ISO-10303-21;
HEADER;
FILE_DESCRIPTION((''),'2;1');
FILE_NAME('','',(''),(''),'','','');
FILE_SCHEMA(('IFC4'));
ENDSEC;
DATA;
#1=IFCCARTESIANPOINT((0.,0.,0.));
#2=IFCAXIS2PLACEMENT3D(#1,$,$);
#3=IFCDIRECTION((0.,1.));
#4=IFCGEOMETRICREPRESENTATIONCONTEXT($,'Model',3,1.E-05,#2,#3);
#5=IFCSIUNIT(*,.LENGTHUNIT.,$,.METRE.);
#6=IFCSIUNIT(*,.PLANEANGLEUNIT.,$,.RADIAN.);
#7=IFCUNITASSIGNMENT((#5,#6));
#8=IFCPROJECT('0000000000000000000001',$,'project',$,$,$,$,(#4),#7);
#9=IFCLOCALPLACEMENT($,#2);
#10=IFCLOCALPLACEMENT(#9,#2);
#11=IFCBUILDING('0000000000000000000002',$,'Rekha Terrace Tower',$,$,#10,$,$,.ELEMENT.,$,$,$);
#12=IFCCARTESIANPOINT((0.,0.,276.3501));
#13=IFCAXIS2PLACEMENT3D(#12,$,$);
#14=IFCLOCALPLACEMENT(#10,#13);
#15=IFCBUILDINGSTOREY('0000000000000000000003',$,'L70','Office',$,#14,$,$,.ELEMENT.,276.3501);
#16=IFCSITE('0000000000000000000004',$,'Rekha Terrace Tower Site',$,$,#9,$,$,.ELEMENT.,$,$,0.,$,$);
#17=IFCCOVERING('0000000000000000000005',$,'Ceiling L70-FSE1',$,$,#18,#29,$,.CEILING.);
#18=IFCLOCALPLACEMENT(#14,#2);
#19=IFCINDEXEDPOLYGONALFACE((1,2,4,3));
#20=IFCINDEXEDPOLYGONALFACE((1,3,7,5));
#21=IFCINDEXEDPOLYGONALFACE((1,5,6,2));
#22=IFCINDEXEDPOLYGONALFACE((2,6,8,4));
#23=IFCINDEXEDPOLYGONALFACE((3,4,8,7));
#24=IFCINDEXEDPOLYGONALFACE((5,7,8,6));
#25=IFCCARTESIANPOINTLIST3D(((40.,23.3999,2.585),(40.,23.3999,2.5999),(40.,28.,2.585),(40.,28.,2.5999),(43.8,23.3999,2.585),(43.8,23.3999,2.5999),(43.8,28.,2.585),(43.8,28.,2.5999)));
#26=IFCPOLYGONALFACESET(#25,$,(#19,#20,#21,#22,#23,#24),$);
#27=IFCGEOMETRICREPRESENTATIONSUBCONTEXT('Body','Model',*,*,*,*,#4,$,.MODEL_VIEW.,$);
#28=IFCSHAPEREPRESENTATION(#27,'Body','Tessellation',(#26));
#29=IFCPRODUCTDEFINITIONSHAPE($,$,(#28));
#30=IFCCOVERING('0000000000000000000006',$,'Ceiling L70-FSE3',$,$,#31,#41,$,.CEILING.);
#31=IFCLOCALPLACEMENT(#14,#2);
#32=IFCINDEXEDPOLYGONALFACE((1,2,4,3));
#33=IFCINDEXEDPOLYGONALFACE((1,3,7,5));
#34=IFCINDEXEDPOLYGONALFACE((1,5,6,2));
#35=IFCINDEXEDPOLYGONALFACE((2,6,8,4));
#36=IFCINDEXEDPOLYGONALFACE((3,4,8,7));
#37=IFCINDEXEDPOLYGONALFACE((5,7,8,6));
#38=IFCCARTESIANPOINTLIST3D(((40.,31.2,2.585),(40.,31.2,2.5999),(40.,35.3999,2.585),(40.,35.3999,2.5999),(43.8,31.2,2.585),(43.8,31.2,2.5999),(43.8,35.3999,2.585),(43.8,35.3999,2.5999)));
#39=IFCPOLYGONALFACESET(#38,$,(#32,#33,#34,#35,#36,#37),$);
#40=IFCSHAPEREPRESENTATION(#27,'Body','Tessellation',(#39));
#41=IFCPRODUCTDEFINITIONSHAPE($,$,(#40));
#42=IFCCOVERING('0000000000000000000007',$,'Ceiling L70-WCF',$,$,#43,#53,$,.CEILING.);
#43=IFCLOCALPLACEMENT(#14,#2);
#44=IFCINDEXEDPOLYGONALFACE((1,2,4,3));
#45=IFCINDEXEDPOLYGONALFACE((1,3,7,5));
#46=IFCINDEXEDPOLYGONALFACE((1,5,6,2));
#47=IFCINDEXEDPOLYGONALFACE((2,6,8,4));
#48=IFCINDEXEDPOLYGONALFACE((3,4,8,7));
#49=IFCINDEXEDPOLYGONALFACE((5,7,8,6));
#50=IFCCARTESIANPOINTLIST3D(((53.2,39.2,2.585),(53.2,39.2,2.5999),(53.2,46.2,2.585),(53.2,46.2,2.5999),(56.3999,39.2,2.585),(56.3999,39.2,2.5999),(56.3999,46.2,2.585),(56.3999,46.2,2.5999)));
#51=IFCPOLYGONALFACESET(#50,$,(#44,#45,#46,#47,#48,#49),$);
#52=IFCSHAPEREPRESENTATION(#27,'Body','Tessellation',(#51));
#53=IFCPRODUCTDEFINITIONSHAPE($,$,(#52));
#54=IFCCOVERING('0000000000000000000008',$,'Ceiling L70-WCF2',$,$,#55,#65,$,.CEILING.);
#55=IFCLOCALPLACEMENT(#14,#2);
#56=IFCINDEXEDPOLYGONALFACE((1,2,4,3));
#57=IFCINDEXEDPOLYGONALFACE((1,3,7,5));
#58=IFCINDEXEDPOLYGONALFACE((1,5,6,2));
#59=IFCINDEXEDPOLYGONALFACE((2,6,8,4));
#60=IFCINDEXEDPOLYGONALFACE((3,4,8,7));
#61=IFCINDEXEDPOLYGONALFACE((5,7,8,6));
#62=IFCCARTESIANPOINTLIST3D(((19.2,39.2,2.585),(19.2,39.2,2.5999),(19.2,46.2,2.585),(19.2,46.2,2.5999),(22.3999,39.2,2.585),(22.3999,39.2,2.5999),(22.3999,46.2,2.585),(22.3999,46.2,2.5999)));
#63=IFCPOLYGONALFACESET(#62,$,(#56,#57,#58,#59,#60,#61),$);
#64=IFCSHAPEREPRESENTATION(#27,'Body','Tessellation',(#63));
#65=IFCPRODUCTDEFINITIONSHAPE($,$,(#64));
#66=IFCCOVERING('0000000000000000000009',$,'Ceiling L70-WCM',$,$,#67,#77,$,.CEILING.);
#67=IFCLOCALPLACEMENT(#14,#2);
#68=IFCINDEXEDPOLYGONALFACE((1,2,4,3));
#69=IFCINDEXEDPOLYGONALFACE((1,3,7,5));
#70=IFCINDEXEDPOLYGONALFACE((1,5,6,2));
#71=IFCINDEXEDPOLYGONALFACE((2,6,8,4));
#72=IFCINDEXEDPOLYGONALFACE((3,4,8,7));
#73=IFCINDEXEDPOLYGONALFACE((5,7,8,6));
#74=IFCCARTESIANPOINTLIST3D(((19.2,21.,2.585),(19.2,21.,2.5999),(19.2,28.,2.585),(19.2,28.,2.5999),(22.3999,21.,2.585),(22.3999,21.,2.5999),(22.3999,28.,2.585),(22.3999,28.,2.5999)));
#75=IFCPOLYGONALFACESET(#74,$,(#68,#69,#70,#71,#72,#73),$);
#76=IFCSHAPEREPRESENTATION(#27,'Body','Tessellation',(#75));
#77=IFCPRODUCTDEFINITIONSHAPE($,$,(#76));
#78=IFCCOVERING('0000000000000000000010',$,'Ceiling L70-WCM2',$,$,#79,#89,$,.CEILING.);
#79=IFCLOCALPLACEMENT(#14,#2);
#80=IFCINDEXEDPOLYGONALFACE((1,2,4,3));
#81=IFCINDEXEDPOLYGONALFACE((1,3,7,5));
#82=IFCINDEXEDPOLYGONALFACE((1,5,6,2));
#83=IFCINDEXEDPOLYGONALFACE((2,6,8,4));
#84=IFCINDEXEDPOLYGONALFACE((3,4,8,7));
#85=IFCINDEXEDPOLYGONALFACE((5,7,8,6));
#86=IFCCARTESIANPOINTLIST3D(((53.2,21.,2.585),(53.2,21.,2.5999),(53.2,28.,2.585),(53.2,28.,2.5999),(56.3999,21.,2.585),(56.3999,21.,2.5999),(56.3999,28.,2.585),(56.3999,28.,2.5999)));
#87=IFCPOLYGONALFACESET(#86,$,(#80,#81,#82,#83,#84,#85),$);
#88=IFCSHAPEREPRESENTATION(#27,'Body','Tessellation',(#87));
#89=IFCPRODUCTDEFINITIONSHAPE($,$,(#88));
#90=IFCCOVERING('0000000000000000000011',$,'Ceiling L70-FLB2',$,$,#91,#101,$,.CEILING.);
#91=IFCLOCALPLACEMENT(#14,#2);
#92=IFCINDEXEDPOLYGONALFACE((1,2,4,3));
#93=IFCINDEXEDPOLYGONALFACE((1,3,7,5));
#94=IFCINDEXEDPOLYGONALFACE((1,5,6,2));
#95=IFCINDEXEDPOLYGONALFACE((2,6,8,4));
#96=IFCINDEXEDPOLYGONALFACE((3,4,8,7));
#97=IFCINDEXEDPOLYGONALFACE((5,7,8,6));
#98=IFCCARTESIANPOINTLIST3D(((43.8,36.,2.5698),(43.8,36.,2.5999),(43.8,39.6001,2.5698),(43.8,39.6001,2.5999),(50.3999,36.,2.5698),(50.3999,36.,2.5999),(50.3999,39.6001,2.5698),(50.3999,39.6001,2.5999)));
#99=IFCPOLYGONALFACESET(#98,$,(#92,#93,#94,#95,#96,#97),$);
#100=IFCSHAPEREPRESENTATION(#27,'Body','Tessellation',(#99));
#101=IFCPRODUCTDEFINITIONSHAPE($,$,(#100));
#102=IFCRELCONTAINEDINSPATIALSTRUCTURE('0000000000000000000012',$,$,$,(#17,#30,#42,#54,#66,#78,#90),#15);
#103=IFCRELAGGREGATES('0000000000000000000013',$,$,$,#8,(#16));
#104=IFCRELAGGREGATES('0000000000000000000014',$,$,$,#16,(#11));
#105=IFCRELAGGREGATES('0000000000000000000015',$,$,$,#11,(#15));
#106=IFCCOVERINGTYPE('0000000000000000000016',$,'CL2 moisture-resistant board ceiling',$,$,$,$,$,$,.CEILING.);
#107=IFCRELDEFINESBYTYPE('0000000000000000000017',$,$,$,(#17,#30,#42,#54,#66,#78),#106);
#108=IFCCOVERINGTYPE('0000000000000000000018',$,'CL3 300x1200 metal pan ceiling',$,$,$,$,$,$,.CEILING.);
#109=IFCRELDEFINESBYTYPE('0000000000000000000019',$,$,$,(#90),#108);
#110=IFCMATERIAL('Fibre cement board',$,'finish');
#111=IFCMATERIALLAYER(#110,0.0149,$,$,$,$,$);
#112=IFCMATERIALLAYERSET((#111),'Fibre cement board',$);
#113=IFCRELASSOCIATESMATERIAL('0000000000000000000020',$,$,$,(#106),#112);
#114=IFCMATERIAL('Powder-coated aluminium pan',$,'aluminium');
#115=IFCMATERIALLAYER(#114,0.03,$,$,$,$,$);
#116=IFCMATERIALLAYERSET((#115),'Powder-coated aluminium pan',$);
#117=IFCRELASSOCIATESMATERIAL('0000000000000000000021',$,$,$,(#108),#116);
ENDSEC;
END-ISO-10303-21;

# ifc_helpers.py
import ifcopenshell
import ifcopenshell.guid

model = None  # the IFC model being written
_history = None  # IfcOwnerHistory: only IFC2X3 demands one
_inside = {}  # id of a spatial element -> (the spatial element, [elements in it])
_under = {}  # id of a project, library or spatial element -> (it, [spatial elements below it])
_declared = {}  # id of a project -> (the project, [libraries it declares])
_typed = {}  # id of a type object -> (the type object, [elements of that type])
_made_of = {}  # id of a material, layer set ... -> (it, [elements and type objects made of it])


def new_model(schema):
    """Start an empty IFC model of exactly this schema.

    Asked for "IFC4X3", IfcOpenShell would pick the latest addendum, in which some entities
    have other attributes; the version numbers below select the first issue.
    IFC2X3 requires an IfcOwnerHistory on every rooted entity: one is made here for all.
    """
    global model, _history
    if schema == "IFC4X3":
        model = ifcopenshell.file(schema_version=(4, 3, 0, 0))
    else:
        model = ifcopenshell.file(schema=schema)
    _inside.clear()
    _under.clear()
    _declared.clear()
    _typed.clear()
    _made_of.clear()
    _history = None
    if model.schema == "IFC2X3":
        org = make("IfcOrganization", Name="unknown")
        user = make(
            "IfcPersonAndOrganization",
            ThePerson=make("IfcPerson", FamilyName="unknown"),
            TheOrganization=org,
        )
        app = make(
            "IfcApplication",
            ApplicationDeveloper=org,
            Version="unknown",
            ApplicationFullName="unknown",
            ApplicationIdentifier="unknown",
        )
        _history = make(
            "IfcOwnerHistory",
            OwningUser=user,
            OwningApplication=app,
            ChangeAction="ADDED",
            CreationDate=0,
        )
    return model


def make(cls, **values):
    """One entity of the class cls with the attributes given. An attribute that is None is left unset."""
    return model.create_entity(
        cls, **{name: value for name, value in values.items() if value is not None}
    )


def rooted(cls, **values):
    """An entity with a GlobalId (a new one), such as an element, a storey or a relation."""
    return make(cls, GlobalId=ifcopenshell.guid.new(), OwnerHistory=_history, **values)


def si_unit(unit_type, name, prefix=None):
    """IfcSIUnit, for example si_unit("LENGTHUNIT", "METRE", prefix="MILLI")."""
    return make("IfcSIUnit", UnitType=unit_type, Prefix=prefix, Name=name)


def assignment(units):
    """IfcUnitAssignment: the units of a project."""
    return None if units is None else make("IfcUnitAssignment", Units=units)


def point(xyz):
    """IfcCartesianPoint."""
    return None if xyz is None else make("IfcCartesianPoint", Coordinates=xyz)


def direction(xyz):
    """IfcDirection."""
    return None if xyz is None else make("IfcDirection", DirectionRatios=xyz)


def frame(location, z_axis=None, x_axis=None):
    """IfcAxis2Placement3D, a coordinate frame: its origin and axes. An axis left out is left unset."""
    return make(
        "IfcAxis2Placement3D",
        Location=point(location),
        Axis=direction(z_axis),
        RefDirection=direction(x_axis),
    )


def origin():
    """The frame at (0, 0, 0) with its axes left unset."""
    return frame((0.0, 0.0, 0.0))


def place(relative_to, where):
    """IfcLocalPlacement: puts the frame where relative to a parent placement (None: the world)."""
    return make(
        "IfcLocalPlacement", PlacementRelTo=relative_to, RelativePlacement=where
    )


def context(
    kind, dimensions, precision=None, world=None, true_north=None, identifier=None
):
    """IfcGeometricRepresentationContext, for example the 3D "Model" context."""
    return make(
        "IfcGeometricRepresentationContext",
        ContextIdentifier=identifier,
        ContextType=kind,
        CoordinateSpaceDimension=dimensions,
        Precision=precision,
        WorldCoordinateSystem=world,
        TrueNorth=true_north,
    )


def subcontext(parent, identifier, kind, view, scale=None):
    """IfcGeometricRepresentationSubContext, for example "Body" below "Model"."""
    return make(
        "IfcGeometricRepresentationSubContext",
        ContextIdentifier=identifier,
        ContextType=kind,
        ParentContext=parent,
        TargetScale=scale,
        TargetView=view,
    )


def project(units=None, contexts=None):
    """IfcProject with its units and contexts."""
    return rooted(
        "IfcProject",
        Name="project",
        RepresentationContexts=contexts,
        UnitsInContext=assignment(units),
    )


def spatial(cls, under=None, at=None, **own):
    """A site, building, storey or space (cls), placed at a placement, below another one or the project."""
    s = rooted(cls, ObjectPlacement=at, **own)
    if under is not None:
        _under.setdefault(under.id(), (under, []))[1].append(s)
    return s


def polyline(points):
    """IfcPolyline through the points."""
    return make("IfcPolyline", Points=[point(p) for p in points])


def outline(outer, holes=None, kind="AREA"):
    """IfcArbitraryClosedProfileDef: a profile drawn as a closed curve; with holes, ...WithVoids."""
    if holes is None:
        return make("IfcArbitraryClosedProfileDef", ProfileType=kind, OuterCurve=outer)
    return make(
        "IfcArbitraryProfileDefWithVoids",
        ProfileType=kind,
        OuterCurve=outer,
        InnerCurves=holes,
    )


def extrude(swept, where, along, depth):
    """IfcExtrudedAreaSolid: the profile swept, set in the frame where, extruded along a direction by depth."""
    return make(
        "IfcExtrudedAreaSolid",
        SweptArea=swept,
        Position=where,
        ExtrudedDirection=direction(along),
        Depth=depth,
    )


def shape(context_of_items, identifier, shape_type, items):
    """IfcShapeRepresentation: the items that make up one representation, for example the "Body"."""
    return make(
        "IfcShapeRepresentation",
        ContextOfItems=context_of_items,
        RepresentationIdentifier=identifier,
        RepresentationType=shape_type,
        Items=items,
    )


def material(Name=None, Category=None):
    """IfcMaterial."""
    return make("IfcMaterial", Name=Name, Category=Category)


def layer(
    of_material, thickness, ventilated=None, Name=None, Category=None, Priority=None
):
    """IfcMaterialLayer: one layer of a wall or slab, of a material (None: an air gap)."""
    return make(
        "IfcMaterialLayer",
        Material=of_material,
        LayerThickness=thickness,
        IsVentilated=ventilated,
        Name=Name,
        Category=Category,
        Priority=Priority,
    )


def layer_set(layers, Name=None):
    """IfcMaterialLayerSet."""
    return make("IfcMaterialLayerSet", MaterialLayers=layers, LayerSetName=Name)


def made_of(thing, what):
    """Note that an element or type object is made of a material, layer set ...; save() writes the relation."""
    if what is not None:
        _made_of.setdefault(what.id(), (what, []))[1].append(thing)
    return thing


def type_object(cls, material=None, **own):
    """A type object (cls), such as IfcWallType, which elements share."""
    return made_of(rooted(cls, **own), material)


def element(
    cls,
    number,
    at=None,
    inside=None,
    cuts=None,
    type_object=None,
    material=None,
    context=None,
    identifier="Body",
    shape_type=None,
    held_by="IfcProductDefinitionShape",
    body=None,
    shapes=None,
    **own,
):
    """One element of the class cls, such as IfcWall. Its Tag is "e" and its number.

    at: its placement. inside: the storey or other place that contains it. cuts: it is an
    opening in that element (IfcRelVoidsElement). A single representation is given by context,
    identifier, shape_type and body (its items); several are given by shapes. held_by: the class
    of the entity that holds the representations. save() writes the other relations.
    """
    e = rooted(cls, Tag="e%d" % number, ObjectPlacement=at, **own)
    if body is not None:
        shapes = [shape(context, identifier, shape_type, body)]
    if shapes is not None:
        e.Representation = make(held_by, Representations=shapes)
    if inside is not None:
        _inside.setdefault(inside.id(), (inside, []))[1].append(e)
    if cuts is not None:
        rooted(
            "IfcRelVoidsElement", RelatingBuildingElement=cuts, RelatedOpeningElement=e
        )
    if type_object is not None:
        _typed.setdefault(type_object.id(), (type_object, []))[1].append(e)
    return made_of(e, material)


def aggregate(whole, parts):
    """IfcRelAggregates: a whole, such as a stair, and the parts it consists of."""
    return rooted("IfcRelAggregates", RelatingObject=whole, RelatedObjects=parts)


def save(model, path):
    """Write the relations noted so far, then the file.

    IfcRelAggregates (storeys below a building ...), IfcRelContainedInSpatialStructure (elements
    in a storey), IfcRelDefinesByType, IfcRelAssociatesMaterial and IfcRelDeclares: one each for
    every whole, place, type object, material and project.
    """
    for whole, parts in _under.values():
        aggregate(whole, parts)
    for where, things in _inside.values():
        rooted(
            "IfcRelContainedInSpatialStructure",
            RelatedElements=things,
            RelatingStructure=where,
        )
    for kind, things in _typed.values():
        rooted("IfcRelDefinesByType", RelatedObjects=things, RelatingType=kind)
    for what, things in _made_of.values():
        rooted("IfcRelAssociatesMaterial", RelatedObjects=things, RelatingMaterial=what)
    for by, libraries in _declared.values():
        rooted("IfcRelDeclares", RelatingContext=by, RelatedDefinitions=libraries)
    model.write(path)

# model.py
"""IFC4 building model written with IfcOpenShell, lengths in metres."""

from ifc_helpers import new_model, si_unit, direction, frame, origin, place, context, subcontext, project, spatial, polyline, outline, extrude, material, layer, layer_set, type_object, element, save


model = new_model("IFC4")

# Units and contexts
model_context = context("Model", 3, precision=1e-05, world=origin(), true_north=direction((0.0, 1.0)))
body_context = subcontext(model_context, "Body", "Model", "MODEL_VIEW")
ifc_project = project(units=[si_unit("LENGTHUNIT", "METRE"), si_unit("PLANEANGLEUNIT", "RADIAN")], contexts=[model_context])

# Site, building, storey
site_placement = place(None, origin())
site = spatial("IfcSite", under=ifc_project, at=site_placement, Name="Rekha Terrace Tower Site", CompositionType="ELEMENT", RefElevation=0.0)
building_placement = place(site_placement, origin())
building = spatial("IfcBuilding", under=site, at=building_placement, Name="Rekha Terrace Tower", CompositionType="ELEMENT")
storey_placement = place(building_placement, frame((0.0, 0.0, 276.3501)))
storey = spatial("IfcBuildingStorey", under=building, at=storey_placement, Name="L70", Description="Office", CompositionType="ELEMENT", Elevation=276.3501)

# Coverings
ifc_material_1 = material(Name="Fibre cement board", Category="finish")
ifc_layer_1 = layer(ifc_material_1, 0.0149)
ifc_layer_set_1 = layer_set([ifc_layer_1], Name="Fibre cement board")
covering_type_1 = type_object("IfcCoveringType", Name="CL2 moisture-resistant board ceiling", PredefinedType="CEILING", material=ifc_layer_set_1)
covering_1_placement = place(storey_placement, frame((0.0, 0.0, 2.585)))
element("IfcCovering", 1, at=covering_1_placement, inside=storey, type_object=covering_type_1, Name="Ceiling L70-FSE1", PredefinedType="CEILING", context=body_context, shape_type="SweptSolid", body=[
    extrude(outline(polyline([(43.8, 28.0), (40.0, 28.0), (40.0, 23.3999), (43.8, 23.3999), (43.8, 28.0)])), origin(), (0.0, 0.0, 1.0), 0.0149),
])
covering_2_placement = place(storey_placement, frame((0.0, 0.0, 2.585)))
element("IfcCovering", 2, at=covering_2_placement, inside=storey, type_object=covering_type_1, Name="Ceiling L70-FSE3", PredefinedType="CEILING", context=body_context, shape_type="SweptSolid", body=[
    extrude(outline(polyline([(43.8, 35.3999), (40.0, 35.3999), (40.0, 31.2), (43.8, 31.2), (43.8, 35.3999)])), origin(), (0.0, 0.0, 1.0), 0.0149),
])
covering_3_placement = place(storey_placement, frame((0.0, 0.0, 2.585)))
element("IfcCovering", 3, at=covering_3_placement, inside=storey, type_object=covering_type_1, Name="Ceiling L70-WCF", PredefinedType="CEILING", context=body_context, shape_type="SweptSolid", body=[
    extrude(outline(polyline([(56.3999, 46.2), (53.2, 46.2), (53.2, 39.2), (56.3999, 39.2), (56.3999, 46.2)])), origin(), (0.0, 0.0, 1.0), 0.0149),
])
covering_4_placement = place(storey_placement, frame((0.0, 0.0, 2.585)))
element("IfcCovering", 4, at=covering_4_placement, inside=storey, type_object=covering_type_1, Name="Ceiling L70-WCF2", PredefinedType="CEILING", context=body_context, shape_type="SweptSolid", body=[
    extrude(outline(polyline([(22.3999, 46.2), (19.2, 46.2), (19.2, 39.2), (22.3999, 39.2), (22.3999, 46.2)])), origin(), (0.0, 0.0, 1.0), 0.0149),
])
covering_5_placement = place(storey_placement, frame((0.0, 0.0, 2.585)))
element("IfcCovering", 5, at=covering_5_placement, inside=storey, type_object=covering_type_1, Name="Ceiling L70-WCM", PredefinedType="CEILING", context=body_context, shape_type="SweptSolid", body=[
    extrude(outline(polyline([(22.3999, 28.0), (19.2, 28.0), (19.2, 21.0), (22.3999, 21.0), (22.3999, 28.0)])), origin(), (0.0, 0.0, 1.0), 0.0149),
])
covering_6_placement = place(storey_placement, frame((0.0, 0.0, 2.585)))
element("IfcCovering", 6, at=covering_6_placement, inside=storey, type_object=covering_type_1, Name="Ceiling L70-WCM2", PredefinedType="CEILING", context=body_context, shape_type="SweptSolid", body=[
    extrude(outline(polyline([(56.3999, 28.0), (53.2, 28.0), (53.2, 21.0), (56.3999, 21.0), (56.3999, 28.0)])), origin(), (0.0, 0.0, 1.0), 0.0149),
])
ifc_material_2 = material(Name="Powder-coated aluminium pan", Category="aluminium")
ifc_layer_2 = layer(ifc_material_2, 0.03)
ifc_layer_set_2 = layer_set([ifc_layer_2], Name="Powder-coated aluminium pan")
covering_type_2 = type_object("IfcCoveringType", Name="CL3 300x1200 metal pan ceiling", PredefinedType="CEILING", material=ifc_layer_set_2)
covering_7_placement = place(storey_placement, frame((0.0, 0.0, 2.5698)))
element("IfcCovering", 7, at=covering_7_placement, inside=storey, type_object=covering_type_2, Name="Ceiling L70-FLB2", PredefinedType="CEILING", context=body_context, shape_type="SweptSolid", body=[
    extrude(outline(polyline([(50.3999, 39.6001), (43.8, 39.6001), (43.8, 36.0), (50.3999, 36.0), (50.3999, 39.6001)])), origin(), (0.0, 0.0, 1.0), 0.03),
])

save(model, "model.ifc")
